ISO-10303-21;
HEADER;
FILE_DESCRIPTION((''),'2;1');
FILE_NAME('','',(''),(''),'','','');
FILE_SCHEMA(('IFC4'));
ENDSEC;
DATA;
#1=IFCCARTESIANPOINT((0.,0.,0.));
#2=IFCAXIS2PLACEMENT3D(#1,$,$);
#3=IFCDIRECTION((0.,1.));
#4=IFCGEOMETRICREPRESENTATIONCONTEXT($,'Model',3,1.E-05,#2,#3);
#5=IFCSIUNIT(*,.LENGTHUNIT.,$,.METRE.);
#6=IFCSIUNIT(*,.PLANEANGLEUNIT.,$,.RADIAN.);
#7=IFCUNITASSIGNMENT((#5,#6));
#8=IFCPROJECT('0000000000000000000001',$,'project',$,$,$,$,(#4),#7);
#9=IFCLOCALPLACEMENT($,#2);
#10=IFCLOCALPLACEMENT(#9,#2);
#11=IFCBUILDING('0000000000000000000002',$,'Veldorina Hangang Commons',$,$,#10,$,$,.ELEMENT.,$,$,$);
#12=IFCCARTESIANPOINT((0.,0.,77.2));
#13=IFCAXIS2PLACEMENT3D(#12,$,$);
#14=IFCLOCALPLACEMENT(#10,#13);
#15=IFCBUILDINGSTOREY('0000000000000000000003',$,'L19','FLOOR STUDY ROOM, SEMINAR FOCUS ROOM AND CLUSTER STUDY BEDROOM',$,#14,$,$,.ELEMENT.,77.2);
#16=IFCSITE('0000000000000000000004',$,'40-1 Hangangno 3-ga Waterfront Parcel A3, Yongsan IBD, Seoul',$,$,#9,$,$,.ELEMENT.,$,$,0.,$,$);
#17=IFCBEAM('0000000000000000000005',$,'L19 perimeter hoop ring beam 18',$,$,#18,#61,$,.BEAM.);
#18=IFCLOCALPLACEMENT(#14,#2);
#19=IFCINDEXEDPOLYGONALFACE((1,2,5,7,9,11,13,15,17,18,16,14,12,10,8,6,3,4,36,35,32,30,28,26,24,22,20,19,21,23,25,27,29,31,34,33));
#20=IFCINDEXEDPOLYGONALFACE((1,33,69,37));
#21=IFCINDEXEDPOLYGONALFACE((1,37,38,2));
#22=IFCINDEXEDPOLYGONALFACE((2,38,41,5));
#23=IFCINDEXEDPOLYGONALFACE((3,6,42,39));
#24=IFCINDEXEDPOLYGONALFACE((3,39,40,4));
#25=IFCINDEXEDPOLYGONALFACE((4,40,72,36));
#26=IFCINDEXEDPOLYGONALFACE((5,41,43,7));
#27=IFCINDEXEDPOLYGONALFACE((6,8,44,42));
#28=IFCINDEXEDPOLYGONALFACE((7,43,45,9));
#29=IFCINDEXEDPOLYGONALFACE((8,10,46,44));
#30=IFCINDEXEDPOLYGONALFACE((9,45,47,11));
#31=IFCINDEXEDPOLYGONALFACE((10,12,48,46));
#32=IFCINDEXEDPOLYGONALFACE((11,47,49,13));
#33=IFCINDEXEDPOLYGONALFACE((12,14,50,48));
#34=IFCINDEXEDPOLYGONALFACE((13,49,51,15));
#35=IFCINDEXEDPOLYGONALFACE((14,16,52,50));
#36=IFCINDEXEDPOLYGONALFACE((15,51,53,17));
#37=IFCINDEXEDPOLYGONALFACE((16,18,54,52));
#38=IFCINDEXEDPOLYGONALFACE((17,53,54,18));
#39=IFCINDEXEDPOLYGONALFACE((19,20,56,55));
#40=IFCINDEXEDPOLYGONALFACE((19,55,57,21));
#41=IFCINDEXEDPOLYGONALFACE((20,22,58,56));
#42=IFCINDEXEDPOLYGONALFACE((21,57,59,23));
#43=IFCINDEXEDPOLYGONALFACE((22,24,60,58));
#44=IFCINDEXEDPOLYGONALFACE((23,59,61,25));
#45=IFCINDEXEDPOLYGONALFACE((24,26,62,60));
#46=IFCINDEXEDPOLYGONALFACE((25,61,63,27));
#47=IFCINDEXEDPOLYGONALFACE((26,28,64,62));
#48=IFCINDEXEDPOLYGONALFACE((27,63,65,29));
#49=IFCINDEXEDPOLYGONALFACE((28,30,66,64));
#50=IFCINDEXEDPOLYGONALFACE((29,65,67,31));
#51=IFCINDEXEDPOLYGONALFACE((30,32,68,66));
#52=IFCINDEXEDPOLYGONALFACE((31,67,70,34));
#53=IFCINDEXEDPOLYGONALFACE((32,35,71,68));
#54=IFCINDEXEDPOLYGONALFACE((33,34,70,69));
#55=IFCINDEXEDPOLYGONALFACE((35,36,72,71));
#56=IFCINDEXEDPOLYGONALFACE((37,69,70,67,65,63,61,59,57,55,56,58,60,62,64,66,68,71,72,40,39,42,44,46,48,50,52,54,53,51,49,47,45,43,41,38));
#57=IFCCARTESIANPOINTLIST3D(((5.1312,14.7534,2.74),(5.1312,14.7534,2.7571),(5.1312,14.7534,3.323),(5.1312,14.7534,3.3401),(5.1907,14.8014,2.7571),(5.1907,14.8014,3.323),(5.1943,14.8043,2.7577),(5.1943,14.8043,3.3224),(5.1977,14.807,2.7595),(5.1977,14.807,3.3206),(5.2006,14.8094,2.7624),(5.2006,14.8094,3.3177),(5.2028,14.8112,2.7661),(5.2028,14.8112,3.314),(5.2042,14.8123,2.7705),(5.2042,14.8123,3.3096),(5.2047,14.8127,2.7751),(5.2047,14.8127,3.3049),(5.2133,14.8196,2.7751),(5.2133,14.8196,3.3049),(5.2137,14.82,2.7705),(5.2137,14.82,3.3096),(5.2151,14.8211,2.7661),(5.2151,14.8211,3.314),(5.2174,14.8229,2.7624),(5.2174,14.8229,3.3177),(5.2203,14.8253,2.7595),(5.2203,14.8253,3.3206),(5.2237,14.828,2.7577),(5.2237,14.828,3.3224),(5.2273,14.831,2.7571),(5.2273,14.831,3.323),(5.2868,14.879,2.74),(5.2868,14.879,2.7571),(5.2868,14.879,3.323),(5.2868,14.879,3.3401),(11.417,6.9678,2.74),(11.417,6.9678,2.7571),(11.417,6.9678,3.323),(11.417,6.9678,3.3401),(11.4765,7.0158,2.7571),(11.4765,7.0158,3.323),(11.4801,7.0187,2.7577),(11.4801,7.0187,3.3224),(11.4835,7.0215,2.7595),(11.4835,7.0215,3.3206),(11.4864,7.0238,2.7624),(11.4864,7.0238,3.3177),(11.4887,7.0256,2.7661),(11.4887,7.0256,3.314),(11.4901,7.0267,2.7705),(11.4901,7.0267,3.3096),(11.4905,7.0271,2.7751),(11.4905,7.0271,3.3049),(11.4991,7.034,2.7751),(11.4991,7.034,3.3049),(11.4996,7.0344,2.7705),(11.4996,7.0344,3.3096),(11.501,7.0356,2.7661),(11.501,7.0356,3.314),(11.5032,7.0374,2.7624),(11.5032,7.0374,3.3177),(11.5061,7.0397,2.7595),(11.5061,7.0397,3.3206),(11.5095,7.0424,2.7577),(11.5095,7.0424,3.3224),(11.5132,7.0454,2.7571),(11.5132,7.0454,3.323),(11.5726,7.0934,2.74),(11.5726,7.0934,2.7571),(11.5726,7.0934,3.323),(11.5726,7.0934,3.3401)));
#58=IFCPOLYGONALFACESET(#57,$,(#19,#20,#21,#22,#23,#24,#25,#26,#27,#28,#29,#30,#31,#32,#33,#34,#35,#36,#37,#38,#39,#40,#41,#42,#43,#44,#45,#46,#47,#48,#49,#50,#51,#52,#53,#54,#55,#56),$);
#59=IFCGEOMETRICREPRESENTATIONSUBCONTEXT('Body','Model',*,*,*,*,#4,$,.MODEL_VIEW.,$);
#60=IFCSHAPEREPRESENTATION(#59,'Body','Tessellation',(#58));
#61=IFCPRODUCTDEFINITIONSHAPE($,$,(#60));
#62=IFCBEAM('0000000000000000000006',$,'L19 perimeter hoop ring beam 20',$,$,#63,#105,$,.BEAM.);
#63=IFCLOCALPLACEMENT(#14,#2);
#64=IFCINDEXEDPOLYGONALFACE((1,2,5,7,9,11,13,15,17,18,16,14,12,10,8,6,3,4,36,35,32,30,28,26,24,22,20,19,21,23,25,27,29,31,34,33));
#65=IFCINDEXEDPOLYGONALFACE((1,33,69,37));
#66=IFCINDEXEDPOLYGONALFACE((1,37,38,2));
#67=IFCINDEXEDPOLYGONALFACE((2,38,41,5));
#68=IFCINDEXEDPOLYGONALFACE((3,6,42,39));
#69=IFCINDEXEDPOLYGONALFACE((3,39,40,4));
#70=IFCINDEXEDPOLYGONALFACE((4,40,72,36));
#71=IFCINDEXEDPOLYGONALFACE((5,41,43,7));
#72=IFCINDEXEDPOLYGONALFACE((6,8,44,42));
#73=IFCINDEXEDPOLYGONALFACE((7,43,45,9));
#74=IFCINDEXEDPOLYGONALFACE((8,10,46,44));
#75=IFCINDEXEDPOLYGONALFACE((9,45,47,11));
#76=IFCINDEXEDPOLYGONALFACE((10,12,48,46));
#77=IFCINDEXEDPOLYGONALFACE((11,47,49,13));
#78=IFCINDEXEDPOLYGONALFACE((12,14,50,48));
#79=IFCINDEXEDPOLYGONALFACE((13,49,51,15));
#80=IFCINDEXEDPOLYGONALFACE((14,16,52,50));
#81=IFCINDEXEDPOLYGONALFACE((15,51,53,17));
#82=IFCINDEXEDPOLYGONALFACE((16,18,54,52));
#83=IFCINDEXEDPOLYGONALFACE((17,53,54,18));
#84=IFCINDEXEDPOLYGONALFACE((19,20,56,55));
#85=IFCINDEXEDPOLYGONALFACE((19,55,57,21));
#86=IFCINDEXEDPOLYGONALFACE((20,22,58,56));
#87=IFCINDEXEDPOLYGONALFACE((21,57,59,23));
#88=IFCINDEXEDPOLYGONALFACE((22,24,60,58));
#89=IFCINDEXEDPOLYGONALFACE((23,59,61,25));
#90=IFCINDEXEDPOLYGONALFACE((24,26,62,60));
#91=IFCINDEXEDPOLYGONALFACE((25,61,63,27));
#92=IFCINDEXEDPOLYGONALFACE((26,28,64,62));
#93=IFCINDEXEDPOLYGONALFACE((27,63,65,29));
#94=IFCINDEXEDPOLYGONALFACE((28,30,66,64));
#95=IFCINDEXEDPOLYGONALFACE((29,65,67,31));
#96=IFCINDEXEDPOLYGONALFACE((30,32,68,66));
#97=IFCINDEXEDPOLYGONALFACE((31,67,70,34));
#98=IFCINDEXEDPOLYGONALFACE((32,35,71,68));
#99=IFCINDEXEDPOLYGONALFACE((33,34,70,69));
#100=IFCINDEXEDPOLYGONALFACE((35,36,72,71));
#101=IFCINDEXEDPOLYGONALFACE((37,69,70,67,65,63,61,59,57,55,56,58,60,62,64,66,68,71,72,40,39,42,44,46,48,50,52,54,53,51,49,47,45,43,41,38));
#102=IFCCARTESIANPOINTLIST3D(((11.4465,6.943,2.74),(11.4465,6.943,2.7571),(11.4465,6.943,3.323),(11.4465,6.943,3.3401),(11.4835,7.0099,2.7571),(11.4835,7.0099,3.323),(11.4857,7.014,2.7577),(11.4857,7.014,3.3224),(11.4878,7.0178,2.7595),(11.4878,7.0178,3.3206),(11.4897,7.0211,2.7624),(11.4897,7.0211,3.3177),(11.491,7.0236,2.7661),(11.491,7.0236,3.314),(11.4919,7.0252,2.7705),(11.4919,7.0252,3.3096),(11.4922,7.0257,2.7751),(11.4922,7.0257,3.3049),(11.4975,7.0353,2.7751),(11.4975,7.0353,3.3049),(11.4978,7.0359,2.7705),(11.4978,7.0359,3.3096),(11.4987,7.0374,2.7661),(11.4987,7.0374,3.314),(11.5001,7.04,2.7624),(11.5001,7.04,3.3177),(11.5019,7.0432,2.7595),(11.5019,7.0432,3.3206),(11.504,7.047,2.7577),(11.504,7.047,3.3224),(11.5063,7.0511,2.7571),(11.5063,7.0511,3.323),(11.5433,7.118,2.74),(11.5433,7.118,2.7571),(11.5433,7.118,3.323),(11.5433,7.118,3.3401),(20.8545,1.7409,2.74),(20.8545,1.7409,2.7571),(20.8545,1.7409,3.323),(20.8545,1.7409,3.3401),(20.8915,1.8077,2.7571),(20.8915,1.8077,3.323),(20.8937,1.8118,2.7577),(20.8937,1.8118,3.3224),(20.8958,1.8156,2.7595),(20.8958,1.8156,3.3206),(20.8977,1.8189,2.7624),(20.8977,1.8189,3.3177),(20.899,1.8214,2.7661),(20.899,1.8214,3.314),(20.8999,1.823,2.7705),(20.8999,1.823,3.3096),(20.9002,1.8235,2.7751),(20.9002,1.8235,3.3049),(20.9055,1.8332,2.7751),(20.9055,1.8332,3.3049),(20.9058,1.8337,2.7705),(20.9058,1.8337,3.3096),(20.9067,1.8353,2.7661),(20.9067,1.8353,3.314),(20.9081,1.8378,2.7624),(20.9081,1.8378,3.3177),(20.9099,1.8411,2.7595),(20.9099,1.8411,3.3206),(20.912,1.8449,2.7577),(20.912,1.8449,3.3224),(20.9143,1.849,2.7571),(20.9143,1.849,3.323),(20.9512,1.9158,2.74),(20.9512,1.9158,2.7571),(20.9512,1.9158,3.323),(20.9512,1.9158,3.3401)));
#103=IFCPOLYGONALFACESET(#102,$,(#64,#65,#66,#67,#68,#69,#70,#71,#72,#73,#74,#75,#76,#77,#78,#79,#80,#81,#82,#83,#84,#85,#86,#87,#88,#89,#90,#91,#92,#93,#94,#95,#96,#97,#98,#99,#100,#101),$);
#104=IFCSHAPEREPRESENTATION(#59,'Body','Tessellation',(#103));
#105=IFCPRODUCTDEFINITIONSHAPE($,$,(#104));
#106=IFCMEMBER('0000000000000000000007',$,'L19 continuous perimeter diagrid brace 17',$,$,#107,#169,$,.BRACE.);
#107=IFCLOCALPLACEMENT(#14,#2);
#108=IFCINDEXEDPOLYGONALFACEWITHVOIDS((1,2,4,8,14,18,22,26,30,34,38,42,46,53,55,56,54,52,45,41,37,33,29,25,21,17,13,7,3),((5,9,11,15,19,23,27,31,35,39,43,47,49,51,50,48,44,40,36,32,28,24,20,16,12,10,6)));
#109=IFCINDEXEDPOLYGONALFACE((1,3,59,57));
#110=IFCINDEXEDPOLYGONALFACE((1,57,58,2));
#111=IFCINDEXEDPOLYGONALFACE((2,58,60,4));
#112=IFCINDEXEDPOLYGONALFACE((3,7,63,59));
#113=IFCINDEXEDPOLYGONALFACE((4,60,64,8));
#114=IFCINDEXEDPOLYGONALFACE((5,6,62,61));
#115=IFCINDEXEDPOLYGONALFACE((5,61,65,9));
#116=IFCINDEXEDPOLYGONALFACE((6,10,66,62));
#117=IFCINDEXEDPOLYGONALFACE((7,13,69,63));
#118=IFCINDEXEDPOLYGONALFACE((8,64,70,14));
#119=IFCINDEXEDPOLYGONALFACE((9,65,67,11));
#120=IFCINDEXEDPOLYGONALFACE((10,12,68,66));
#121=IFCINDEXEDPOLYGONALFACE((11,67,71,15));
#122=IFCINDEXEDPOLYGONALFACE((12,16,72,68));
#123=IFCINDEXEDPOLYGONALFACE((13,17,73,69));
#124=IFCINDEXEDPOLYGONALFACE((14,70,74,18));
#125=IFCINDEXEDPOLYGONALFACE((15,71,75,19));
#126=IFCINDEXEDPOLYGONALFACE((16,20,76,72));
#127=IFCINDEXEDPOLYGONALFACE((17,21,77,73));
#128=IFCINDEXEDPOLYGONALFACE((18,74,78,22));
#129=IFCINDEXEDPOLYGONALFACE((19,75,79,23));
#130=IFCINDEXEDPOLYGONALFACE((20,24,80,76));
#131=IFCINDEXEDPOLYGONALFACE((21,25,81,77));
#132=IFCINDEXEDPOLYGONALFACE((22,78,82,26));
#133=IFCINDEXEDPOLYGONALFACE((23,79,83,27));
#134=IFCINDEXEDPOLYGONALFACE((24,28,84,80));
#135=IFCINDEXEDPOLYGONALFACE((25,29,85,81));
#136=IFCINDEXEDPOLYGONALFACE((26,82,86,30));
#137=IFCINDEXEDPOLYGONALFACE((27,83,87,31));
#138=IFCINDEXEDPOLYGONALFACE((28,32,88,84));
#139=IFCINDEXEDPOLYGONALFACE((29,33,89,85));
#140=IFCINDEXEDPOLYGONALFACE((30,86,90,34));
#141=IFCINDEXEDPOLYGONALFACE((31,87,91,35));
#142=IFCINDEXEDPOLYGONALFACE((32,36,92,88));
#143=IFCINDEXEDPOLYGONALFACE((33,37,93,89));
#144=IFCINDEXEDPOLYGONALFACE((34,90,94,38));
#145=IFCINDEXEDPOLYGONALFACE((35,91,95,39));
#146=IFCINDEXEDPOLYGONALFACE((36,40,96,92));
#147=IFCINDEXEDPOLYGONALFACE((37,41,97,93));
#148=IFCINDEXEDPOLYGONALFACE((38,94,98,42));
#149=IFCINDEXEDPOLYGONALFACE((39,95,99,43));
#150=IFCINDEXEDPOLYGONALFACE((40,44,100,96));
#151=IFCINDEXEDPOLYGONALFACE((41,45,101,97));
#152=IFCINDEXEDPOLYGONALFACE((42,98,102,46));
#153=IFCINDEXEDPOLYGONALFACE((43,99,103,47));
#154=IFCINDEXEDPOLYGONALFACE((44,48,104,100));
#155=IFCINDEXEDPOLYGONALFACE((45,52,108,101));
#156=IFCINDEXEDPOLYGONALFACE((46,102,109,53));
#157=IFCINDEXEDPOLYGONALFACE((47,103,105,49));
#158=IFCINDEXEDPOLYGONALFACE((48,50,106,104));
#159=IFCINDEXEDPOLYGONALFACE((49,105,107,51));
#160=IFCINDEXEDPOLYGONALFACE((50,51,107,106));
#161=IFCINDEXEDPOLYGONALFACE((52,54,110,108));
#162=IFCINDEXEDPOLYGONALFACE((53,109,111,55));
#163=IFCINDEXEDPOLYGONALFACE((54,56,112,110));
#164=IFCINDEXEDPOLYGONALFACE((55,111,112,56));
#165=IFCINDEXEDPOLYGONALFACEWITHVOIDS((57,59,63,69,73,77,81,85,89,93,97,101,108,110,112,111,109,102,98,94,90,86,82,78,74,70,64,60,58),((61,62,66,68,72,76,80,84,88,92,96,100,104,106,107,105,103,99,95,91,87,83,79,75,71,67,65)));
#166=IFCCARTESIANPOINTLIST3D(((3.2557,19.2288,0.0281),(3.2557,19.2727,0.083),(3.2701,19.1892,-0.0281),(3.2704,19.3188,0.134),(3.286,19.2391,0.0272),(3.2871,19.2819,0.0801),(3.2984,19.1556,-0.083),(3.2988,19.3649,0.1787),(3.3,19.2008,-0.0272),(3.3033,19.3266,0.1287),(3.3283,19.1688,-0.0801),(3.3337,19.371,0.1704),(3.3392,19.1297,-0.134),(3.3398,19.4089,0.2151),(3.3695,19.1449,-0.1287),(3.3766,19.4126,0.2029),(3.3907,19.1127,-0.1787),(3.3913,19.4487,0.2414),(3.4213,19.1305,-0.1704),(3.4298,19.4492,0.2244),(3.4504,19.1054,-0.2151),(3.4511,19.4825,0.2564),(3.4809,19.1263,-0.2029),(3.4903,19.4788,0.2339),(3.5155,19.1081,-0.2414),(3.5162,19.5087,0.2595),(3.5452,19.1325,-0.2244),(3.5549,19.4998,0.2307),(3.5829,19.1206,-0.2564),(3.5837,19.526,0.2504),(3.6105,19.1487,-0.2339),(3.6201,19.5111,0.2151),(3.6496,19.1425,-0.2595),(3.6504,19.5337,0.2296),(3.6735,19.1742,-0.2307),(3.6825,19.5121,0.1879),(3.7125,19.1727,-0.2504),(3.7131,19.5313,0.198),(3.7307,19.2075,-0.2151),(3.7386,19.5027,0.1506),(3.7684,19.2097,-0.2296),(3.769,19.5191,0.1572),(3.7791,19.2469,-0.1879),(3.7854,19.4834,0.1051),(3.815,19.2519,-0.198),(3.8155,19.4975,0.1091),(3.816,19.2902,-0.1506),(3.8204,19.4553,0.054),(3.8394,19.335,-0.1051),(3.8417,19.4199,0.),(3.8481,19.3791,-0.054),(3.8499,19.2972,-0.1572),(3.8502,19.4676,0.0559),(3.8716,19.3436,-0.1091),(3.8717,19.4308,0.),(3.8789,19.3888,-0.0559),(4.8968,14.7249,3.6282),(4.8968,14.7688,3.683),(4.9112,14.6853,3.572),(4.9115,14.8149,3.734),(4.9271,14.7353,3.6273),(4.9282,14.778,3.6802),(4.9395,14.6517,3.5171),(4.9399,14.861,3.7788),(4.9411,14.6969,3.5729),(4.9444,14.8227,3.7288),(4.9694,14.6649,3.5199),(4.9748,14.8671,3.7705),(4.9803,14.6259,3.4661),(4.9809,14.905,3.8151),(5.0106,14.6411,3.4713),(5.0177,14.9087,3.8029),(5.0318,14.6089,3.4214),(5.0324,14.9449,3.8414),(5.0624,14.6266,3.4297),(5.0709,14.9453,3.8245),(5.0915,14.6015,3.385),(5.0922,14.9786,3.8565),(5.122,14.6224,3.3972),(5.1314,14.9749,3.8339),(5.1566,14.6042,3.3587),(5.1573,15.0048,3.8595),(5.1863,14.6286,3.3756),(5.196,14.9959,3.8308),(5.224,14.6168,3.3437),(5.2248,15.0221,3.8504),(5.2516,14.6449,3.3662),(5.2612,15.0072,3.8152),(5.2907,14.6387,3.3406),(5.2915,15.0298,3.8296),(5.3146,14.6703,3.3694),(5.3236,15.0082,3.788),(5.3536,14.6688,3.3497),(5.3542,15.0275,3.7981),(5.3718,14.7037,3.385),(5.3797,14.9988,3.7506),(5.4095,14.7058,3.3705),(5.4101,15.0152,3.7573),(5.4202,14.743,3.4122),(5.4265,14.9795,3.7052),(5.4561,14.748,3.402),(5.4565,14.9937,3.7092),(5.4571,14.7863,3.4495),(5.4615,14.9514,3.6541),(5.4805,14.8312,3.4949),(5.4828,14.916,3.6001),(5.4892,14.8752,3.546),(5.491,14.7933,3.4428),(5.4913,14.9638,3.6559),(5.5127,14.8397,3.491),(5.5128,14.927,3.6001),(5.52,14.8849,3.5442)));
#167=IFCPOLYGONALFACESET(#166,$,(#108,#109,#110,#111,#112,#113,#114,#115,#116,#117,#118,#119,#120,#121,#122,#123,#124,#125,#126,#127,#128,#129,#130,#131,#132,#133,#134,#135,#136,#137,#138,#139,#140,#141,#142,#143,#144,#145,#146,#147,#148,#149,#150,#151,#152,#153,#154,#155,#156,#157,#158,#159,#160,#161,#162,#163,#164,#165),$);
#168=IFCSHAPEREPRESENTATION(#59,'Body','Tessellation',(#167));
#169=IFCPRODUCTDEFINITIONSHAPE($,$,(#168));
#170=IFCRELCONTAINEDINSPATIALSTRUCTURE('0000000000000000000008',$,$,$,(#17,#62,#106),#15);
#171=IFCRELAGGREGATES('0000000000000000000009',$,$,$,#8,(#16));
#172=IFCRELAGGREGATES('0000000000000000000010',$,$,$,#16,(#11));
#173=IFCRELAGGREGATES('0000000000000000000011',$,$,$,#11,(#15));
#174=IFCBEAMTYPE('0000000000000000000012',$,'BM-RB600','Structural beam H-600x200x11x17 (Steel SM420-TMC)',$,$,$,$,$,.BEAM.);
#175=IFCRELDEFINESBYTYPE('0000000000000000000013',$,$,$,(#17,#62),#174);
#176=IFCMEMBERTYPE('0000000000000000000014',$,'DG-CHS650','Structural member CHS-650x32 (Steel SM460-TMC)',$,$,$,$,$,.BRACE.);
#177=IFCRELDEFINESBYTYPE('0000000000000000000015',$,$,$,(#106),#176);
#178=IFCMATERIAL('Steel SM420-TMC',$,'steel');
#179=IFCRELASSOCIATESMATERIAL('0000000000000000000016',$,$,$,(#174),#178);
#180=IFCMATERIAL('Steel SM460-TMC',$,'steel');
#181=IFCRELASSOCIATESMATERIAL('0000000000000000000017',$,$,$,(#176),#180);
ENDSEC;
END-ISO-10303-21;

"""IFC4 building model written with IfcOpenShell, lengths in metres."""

from ifc_helpers import new_model, si_unit, direction, frame, origin, origin_2d, place, context, subcontext, project, spatial, hollow_circle, i_section, extrude, material, material_profile, profile_set, type_object, element, save


model = new_model("IFC4")

# Units and contexts
model_context = context("Model", 3, precision=1e-05, world=origin(), true_north=direction((0.0, 1.0)))
body_context = subcontext(model_context, "Body", "Model", "MODEL_VIEW")
ifc_project = project(units=[si_unit("LENGTHUNIT", "METRE"), si_unit("PLANEANGLEUNIT", "RADIAN")], contexts=[model_context])

# Site, building, storey
site_placement = place(None, origin())
site = spatial("IfcSite", under=ifc_project, at=site_placement, Name="40-1 Hangangno 3-ga Waterfront Parcel A3, Yongsan IBD, Seoul", CompositionType="ELEMENT", RefElevation=0.0)
building_placement = place(site_placement, origin())
building = spatial("IfcBuilding", under=site, at=building_placement, Name="Veldorina Hangang Commons", CompositionType="ELEMENT")
storey_placement = place(building_placement, frame((0.0, 0.0, 77.2)))
storey = spatial("IfcBuildingStorey", under=building, at=storey_placement, Name="L19", Description="FLOOR STUDY ROOM, SEMINAR FOCUS ROOM AND CLUSTER STUDY BEDROOM", CompositionType="ELEMENT", Elevation=77.2)

# Beams
ifc_material_1 = material(Name="Steel SM420-TMC", Category="steel")
ifc_material_profile_1 = material_profile(ifc_material_1, i_section(OverallWidth=0.2, OverallDepth=0.6001, WebThickness=0.011, FlangeThickness=0.0171, FilletRadius=0.0181, at=origin_2d()), Name="H-600x200x11x17")
ifc_profile_set_1 = profile_set([ifc_material_profile_1], Name="Steel SM420-TMC")
beam_type = type_object("IfcBeamType", Name="BM-RB600", Description="Structural beam H-600x200x11x17 (Steel SM420-TMC)", PredefinedType="BEAM", material=ifc_profile_set_1)
beam_1_placement = place(storey_placement, frame((5.209, 14.8162, 3.04), z_axis=(0.628185, -0.778064, 0.0), x_axis=(0.778064, 0.628185, 0.0)))
element("IfcBeam", 1, at=beam_1_placement, inside=storey, type_object=beam_type, Name="L19 perimeter hoop ring beam 18", PredefinedType="BEAM", context=body_context, shape_type="SweptSolid", body=[
    extrude(i_section(OverallWidth=0.2, OverallDepth=0.6001, WebThickness=0.011, FlangeThickness=0.0171, FilletRadius=0.0181, at=origin_2d()), origin(), (0.0, 0.0, 1.0), 10.0063),
])
beam_2_placement = place(storey_placement, frame((11.4949, 7.0305, 3.04), z_axis=(0.875123, -0.483901, 0.0), x_axis=(0.483901, 0.875123, 0.0)))
element("IfcBeam", 2, at=beam_2_placement, inside=storey, type_object=beam_type, Name="L19 perimeter hoop ring beam 20", PredefinedType="BEAM", context=body_context, shape_type="SweptSolid", body=[
    extrude(i_section(OverallWidth=0.2, OverallDepth=0.6001, WebThickness=0.011, FlangeThickness=0.0171, FilletRadius=0.0181, at=origin_2d()), origin(), (0.0, 0.0, 1.0), 10.7505),
])

# Member
ifc_material_2 = material(Name="Steel SM460-TMC", Category="steel")
ifc_material_profile_2 = material_profile(ifc_material_2, hollow_circle(Radius=0.325, WallThickness=0.032, at=origin_2d()), Name="CHS-650x32")
ifc_profile_set_2 = profile_set([ifc_material_profile_2], Name="Steel SM460-TMC")
member_type = type_object("IfcMemberType", Name="DG-CHS650", Description="Structural member CHS-650x32 (Steel SM460-TMC)", PredefinedType="BRACE", material=ifc_profile_set_2)
member_1_placement = place(storey_placement, frame((3.5664, 19.3196, 0.0), z_axis=(0.27375, -0.751286, 0.600524), x_axis=(0.93957, 0.342356, 0.0)))
element("IfcMember", 3, at=member_1_placement, inside=storey, type_object=member_type, Name="L19 continuous perimeter diagrid brace 17", PredefinedType="BRACE", context=body_context, shape_type="SweptSolid", body=[
    extrude(hollow_circle(Radius=0.325, WallThickness=0.032, at=origin_2d()), origin(), (0.0, 0.0, 1.0), 5.9949),
])

save(model, "model.ifc")
